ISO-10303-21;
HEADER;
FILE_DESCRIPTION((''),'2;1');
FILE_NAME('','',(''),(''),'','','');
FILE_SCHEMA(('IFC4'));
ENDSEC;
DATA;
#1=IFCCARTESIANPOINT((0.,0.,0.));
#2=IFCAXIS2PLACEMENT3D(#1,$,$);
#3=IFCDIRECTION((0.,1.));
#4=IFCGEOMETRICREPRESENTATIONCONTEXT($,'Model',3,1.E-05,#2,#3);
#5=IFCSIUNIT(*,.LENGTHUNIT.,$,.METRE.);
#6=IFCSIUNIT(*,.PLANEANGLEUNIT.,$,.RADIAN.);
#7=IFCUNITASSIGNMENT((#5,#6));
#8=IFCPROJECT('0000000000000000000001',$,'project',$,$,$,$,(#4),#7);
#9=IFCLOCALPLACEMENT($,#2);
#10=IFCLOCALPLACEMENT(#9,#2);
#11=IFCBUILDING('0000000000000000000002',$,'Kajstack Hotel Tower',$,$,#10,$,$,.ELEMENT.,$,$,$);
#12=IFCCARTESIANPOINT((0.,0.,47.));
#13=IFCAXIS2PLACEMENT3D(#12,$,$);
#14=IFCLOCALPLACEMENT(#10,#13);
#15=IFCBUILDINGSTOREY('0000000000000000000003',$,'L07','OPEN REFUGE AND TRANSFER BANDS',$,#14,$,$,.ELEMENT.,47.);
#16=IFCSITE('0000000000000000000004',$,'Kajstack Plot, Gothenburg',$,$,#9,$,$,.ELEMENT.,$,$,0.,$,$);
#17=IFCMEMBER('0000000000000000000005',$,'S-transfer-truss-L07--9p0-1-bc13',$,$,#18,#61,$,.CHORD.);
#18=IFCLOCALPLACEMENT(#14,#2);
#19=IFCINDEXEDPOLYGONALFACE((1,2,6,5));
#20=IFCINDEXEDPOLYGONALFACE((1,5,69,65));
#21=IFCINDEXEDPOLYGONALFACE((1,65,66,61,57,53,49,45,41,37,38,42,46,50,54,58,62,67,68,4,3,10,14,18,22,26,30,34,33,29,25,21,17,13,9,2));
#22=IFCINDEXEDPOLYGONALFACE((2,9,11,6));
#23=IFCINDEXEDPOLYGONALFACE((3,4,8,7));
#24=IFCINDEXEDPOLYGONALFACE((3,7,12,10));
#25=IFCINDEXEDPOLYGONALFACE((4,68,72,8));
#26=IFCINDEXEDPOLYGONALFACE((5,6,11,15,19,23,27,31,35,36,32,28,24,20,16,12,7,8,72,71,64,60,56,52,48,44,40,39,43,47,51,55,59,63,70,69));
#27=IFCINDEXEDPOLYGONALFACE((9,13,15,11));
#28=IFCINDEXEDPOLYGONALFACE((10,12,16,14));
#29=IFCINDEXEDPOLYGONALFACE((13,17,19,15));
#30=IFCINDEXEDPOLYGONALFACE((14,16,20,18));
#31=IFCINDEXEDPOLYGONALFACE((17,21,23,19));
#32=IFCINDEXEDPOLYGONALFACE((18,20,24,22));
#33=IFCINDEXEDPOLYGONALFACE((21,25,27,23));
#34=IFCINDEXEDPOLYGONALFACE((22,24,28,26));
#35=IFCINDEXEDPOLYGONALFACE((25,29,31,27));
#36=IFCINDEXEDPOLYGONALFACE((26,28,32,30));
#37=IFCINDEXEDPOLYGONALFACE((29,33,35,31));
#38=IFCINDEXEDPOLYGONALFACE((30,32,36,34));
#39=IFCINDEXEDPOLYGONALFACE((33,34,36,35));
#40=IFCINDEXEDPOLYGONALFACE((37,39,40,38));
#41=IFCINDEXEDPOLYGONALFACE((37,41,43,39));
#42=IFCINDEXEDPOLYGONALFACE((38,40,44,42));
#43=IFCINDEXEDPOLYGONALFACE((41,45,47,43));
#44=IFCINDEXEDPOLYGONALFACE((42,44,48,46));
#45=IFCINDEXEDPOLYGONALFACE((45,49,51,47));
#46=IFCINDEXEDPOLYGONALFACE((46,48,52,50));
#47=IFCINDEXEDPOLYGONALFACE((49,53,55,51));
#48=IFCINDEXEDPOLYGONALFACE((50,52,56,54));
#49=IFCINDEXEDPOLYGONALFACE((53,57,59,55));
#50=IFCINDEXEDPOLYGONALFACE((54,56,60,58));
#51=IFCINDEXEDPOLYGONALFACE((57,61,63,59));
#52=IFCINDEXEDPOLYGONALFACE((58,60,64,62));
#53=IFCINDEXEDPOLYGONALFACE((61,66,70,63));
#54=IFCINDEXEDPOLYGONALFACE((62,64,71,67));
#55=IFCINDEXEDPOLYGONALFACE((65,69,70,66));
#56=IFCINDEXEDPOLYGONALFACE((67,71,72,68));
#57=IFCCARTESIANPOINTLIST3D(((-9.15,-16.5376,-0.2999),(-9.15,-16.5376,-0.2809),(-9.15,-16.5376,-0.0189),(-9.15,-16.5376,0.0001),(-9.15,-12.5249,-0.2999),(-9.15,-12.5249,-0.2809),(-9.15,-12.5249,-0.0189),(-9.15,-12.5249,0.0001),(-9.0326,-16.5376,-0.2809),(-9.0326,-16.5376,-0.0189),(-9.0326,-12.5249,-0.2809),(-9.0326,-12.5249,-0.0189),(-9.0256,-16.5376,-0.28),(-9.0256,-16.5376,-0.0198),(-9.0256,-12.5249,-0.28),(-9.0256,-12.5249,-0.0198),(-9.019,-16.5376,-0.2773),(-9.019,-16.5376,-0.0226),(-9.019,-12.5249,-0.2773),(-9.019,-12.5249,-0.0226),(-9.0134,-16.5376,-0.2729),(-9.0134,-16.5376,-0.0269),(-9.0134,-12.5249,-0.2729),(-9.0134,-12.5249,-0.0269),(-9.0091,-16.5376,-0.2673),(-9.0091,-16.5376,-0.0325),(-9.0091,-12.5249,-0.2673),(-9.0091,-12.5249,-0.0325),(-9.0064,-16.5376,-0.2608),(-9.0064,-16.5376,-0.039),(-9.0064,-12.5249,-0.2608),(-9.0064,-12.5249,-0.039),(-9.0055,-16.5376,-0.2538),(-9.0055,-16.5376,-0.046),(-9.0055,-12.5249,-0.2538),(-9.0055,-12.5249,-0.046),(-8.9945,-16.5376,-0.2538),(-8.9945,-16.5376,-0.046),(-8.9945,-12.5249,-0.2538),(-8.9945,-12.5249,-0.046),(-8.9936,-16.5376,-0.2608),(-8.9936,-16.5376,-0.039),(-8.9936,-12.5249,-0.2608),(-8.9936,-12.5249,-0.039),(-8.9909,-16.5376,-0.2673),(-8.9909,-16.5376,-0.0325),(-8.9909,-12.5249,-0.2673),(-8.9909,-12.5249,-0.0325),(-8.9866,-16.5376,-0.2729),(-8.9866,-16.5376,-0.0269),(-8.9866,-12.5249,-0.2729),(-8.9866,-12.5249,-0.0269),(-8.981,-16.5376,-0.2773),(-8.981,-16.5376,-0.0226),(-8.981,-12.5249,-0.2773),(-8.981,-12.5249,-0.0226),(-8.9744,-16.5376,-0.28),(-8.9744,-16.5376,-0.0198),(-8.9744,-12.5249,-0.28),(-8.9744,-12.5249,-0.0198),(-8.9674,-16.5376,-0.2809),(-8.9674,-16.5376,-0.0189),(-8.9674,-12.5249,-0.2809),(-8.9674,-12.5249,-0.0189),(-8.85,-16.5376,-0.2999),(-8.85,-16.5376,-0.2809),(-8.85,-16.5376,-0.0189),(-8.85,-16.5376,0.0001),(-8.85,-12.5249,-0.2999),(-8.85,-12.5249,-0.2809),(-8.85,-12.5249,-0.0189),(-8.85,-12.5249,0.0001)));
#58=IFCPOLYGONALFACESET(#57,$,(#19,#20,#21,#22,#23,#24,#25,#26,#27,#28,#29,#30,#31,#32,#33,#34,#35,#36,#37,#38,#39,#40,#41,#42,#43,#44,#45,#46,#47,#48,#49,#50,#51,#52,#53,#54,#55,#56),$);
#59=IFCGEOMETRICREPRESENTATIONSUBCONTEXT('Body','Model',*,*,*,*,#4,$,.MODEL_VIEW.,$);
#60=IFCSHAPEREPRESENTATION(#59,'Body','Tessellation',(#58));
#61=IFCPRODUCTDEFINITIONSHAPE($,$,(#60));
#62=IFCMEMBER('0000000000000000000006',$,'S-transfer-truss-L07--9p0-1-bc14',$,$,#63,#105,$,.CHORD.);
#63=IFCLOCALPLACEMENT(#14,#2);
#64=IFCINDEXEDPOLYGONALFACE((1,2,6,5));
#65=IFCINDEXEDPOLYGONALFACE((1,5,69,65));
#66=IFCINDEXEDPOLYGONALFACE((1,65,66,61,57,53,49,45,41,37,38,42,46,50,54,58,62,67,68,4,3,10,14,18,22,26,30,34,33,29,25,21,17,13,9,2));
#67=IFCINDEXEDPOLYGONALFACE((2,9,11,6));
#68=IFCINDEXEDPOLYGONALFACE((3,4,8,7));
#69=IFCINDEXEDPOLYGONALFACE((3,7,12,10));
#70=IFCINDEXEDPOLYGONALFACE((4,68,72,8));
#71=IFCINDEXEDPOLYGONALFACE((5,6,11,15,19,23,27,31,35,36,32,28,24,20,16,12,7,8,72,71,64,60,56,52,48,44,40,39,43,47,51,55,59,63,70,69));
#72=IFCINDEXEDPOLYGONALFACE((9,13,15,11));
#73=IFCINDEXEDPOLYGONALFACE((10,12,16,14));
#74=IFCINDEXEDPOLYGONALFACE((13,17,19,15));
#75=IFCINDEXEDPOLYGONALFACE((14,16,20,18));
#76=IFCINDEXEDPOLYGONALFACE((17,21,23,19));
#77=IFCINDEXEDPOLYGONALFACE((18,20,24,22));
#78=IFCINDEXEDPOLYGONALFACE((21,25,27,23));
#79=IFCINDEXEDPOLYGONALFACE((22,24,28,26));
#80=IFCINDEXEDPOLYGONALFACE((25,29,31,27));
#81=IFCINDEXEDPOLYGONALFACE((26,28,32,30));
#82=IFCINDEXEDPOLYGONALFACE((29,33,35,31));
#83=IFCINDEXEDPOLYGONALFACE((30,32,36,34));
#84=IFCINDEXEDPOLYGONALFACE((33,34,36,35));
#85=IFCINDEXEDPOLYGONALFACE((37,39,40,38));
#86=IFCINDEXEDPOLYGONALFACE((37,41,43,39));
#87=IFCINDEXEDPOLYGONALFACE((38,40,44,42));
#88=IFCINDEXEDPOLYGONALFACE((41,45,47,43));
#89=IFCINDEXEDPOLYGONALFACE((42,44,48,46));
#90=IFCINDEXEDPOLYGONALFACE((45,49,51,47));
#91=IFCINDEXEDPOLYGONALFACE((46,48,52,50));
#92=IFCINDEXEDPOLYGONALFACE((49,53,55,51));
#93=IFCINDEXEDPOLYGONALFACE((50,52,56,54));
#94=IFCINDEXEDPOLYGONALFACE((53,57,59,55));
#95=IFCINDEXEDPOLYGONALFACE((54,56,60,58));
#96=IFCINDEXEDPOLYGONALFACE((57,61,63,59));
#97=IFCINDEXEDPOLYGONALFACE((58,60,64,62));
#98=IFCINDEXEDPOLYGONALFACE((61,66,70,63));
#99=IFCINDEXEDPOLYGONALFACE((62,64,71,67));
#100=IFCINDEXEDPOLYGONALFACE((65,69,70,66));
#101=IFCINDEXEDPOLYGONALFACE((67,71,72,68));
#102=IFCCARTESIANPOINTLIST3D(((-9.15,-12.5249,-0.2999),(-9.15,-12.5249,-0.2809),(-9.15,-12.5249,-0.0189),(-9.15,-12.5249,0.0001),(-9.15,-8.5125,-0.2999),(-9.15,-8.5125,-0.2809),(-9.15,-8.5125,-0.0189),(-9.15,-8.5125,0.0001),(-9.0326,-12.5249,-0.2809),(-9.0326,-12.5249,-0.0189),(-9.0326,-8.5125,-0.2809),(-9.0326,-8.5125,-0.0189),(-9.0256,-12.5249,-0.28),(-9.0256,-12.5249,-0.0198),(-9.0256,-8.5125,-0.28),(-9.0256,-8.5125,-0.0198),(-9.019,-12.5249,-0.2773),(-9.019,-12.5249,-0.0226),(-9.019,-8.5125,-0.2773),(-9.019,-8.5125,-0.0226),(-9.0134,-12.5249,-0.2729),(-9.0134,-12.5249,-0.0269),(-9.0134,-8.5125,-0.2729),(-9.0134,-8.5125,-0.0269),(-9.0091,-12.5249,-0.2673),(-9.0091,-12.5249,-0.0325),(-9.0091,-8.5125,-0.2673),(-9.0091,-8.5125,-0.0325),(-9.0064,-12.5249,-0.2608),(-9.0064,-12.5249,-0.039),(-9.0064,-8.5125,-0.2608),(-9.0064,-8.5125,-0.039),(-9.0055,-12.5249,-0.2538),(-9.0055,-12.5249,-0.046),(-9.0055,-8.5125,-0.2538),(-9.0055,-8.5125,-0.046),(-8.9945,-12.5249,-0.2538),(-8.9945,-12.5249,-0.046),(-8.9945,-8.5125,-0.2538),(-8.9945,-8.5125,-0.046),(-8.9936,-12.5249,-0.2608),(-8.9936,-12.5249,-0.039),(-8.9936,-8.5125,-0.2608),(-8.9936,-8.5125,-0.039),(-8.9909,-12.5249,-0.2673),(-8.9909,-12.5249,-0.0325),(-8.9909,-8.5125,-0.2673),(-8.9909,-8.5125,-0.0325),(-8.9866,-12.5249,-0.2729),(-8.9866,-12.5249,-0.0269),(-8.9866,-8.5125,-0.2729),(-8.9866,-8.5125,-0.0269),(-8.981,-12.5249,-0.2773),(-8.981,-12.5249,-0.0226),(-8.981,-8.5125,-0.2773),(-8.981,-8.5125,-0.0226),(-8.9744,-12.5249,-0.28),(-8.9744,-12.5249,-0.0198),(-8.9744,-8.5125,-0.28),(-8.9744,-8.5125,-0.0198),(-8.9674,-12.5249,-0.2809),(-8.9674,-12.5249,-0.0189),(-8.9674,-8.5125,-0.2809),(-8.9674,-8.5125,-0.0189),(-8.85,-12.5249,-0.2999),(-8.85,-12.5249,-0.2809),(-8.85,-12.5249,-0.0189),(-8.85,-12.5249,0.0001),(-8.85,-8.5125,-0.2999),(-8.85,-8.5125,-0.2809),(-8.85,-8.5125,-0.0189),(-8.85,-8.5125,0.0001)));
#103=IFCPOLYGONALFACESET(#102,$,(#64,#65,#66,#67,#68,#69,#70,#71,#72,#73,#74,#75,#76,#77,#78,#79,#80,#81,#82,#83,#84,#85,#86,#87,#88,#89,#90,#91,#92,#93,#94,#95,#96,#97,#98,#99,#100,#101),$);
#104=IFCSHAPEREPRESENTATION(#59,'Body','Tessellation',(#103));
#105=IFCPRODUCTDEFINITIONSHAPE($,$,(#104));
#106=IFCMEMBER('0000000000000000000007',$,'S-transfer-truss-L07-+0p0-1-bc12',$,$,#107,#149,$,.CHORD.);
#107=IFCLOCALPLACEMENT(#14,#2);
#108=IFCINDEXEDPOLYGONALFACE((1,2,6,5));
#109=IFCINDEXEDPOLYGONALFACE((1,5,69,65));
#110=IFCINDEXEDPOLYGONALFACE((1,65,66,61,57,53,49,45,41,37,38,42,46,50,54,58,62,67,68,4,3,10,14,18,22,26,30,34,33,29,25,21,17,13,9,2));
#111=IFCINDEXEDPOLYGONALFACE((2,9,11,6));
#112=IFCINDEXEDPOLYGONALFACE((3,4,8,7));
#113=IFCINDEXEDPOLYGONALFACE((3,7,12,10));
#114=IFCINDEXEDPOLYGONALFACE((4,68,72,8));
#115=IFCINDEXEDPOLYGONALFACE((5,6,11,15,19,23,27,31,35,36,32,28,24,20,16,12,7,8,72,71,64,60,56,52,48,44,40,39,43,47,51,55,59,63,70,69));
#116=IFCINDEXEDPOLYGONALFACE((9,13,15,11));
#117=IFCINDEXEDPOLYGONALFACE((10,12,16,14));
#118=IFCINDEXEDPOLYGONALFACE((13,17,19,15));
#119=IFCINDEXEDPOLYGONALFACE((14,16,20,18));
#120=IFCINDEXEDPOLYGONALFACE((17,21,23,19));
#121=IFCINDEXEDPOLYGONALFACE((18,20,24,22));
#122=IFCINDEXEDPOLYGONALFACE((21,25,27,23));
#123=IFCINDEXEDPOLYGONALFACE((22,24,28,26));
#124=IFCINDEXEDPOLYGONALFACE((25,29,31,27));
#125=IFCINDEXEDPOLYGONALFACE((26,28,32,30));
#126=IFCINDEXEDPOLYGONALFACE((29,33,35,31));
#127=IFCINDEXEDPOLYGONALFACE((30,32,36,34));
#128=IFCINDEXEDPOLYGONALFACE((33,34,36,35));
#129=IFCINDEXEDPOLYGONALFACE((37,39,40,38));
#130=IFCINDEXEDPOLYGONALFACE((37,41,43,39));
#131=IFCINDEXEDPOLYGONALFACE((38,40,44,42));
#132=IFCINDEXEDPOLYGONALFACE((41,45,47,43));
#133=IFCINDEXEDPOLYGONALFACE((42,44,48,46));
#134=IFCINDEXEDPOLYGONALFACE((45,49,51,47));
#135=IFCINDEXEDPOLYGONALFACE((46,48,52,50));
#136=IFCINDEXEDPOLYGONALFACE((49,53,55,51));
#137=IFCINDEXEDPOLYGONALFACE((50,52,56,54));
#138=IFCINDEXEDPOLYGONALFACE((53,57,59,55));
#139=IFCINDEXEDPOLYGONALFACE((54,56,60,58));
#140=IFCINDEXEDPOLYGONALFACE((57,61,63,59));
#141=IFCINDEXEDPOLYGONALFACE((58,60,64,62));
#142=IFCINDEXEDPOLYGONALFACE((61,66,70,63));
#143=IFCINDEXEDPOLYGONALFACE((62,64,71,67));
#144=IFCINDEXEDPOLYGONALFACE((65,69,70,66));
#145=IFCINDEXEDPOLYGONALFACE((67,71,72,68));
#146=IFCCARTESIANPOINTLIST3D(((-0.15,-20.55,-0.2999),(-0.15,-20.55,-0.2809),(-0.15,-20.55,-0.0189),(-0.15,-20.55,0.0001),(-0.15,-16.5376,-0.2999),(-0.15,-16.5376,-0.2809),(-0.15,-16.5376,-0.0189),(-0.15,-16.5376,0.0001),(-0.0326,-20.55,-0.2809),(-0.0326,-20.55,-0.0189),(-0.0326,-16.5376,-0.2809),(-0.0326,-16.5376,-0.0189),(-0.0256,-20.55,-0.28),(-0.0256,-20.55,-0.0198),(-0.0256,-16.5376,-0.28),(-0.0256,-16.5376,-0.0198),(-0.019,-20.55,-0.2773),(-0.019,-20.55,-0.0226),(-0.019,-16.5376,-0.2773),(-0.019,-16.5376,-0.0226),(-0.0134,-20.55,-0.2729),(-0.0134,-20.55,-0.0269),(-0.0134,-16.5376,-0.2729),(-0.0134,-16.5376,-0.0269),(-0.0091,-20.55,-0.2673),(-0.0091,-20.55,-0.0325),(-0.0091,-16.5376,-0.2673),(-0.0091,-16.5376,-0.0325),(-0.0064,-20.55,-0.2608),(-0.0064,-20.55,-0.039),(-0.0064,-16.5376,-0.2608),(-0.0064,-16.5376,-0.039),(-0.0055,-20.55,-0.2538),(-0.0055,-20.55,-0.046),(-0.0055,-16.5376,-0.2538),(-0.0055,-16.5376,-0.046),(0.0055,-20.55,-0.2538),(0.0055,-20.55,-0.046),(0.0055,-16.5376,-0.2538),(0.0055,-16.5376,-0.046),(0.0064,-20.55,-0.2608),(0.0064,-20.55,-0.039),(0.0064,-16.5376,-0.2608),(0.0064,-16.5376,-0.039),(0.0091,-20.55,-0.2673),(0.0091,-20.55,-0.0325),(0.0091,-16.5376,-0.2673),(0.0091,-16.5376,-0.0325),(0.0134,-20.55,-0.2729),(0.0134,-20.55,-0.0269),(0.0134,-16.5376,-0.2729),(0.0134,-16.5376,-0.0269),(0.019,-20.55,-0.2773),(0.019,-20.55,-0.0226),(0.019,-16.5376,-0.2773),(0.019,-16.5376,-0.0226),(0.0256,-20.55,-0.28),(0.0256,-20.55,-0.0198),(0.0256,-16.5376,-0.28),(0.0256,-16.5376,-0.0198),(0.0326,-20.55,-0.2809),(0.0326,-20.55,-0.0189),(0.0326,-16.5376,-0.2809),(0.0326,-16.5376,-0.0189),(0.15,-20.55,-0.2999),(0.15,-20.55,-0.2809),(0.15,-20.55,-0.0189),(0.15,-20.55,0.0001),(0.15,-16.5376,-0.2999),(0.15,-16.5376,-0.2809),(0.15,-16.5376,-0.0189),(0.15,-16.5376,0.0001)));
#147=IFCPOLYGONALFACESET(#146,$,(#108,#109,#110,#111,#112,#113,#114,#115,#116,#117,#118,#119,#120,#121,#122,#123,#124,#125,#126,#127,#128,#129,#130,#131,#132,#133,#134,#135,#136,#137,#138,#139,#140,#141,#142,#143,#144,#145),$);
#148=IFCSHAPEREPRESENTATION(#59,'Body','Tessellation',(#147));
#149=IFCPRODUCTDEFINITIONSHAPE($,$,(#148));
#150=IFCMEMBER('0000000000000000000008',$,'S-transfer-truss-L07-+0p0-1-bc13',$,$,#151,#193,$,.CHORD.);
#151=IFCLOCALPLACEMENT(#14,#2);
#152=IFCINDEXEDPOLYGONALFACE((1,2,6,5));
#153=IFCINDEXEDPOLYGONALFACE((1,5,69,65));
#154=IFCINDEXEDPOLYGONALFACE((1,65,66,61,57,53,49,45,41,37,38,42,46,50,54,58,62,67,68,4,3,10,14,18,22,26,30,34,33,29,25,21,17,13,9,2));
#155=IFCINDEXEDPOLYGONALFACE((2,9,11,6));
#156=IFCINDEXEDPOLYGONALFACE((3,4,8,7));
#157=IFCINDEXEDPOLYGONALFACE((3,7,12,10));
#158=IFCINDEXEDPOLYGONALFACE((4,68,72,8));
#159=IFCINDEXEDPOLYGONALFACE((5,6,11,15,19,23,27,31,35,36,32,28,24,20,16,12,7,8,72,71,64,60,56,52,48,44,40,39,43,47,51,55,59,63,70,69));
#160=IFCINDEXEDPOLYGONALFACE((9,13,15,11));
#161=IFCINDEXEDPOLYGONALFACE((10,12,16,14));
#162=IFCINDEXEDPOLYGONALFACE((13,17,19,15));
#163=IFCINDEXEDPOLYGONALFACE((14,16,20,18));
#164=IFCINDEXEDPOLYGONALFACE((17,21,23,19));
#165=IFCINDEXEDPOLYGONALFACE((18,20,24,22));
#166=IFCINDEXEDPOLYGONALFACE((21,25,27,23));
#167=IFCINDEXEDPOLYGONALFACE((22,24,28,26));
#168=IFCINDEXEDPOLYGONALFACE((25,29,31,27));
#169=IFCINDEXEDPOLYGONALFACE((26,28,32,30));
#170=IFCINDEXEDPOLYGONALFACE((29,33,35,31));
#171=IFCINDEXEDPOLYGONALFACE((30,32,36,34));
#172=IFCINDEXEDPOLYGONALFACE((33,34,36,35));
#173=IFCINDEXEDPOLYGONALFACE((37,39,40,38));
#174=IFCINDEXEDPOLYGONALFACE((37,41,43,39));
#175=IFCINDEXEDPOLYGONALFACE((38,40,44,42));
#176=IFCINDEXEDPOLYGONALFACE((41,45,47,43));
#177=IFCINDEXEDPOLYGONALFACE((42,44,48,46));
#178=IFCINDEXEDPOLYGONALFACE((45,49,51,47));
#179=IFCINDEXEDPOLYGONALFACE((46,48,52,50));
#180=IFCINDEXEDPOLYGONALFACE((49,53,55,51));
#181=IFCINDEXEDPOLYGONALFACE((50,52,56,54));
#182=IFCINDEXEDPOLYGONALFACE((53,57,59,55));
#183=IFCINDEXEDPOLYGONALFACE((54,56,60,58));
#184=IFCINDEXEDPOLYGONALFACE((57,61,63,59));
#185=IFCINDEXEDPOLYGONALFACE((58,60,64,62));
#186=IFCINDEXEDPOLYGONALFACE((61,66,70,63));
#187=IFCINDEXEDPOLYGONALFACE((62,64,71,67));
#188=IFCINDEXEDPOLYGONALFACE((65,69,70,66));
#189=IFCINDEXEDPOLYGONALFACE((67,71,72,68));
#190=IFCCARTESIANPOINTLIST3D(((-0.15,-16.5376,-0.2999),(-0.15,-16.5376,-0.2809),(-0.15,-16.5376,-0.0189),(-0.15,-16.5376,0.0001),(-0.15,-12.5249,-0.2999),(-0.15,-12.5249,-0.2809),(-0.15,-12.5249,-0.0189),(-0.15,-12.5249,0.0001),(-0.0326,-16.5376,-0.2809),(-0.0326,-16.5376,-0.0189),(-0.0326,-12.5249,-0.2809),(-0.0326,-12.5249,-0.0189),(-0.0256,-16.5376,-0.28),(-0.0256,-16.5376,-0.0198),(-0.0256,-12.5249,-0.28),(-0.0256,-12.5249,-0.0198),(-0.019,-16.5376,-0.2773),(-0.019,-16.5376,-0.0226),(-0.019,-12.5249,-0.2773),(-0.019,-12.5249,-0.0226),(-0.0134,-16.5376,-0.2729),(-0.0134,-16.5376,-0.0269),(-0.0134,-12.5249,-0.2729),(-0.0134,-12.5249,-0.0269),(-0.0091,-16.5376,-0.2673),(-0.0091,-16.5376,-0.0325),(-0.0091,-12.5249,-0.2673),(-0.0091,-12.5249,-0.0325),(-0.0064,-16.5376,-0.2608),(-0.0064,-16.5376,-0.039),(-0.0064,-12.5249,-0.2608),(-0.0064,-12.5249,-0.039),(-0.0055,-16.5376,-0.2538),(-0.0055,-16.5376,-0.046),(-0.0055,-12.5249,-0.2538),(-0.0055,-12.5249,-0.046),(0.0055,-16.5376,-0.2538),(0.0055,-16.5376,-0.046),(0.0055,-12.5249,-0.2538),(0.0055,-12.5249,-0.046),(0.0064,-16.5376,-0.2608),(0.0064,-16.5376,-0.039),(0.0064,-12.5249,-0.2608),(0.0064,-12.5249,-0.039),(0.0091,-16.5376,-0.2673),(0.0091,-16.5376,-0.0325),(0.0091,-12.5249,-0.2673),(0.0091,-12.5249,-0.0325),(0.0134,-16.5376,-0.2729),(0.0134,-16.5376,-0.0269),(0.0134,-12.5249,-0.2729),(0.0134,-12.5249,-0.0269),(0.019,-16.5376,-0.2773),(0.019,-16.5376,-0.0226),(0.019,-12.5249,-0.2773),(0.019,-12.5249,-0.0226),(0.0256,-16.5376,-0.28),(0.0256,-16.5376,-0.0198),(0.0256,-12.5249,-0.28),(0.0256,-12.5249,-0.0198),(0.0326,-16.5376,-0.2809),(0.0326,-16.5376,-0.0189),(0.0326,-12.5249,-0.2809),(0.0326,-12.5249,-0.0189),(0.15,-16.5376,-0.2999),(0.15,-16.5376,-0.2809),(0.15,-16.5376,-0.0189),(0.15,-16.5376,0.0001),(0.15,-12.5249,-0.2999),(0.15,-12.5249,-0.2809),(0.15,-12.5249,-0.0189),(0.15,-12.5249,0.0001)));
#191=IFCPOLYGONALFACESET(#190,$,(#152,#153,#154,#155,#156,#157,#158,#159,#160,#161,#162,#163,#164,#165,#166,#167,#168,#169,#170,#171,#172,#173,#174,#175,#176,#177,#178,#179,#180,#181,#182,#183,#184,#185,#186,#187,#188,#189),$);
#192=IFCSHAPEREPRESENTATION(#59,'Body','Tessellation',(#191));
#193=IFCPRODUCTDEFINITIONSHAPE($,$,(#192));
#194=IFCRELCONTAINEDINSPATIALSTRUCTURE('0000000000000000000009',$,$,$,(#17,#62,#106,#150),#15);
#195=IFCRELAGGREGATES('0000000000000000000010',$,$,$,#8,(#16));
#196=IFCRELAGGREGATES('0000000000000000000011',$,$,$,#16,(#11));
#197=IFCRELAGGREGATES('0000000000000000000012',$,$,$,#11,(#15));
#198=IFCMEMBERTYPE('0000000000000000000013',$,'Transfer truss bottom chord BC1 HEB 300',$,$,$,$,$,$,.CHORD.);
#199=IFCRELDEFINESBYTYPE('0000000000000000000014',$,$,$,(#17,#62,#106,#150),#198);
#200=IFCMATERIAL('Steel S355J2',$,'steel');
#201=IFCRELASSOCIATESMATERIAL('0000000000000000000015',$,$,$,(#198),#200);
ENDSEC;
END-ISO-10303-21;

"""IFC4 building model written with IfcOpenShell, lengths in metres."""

from ifc_helpers import new_model, si_unit, direction, frame, origin, origin_2d, place, context, subcontext, project, spatial, i_section, extrude, material, material_profile, profile_set, type_object, element, save


model = new_model("IFC4")

# Units and contexts
model_context = context("Model", 3, precision=1e-05, world=origin(), true_north=direction((0.0, 1.0)))
body_context = subcontext(model_context, "Body", "Model", "MODEL_VIEW")
ifc_project = project(units=[si_unit("LENGTHUNIT", "METRE"), si_unit("PLANEANGLEUNIT", "RADIAN")], contexts=[model_context])

# Site, building, storey
site_placement = place(None, origin())
site = spatial("IfcSite", under=ifc_project, at=site_placement, Name="Kajstack Plot, Gothenburg", CompositionType="ELEMENT", RefElevation=0.0)
building_placement = place(site_placement, origin())
building = spatial("IfcBuilding", under=site, at=building_placement, Name="Kajstack Hotel Tower", CompositionType="ELEMENT")
storey_placement = place(building_placement, frame((0.0, 0.0, 47.0)))
storey = spatial("IfcBuildingStorey", under=building, at=storey_placement, Name="L07", Description="OPEN REFUGE AND TRANSFER BANDS", CompositionType="ELEMENT", Elevation=47.0)

# Members
ifc_material = material(Name="Steel S355J2", Category="steel")
ifc_material_profile_1 = material_profile(ifc_material, i_section(OverallWidth=0.3, OverallDepth=0.3, WebThickness=0.011, FlangeThickness=0.019, FilletRadius=0.0271, at=origin_2d()), Name="HEB 300")
ifc_profile_set_1 = profile_set([ifc_material_profile_1], Name="Steel S355J2")
member_type_1 = type_object("IfcMemberType", Name="Transfer truss bottom chord BC1 HEB 300", PredefinedType="CHORD", material=ifc_profile_set_1)
member_1_placement = place(storey_placement, frame((-9.0, -16.5376, -0.1499), z_axis=(0.0, 1.0, 0.0), x_axis=(-1.0, 0.0, 0.0)))
element("IfcMember", 1, at=member_1_placement, inside=storey, type_object=member_type_1, Name="S-transfer-truss-L07--9p0-1-bc13", PredefinedType="CHORD", context=body_context, shape_type="SweptSolid", body=[
    extrude(i_section(OverallWidth=0.3, OverallDepth=0.3, WebThickness=0.011, FlangeThickness=0.019, FilletRadius=0.0271, at=origin_2d()), origin(), (0.0, 0.0, 1.0), 4.0127),
])
for number, where, z_axis, x_axis, name in (
    (2, (-9.0, -12.5249, -0.1499), (0.0, 1.0, 0.0), (-1.0, 0.0, 0.0), "S-transfer-truss-L07--9p0-1-bc14"),
    (3, (0.0, -20.55, -0.1499), (0.0, 1.0, 0.0), (-1.0, 0.0, 0.0), "S-transfer-truss-L07-+0p0-1-bc12"),
):
    element("IfcMember", number, at=place(storey_placement, frame(where, z_axis=z_axis, x_axis=x_axis)), inside=storey, type_object=member_type_1, Name=name, PredefinedType="CHORD", context=body_context, shape_type="SweptSolid", body=[
        extrude(i_section(OverallWidth=0.3, OverallDepth=0.3, WebThickness=0.011, FlangeThickness=0.019, FilletRadius=0.0271, at=origin_2d()), origin(), (0.0, 0.0, 1.0), 4.0125),
    ])
member_2_placement = place(storey_placement, frame((0.0, -16.5376, -0.1499), z_axis=(0.0, 1.0, 0.0), x_axis=(-1.0, 0.0, 0.0)))
element("IfcMember", 4, at=member_2_placement, inside=storey, type_object=member_type_1, Name="S-transfer-truss-L07-+0p0-1-bc13", PredefinedType="CHORD", context=body_context, shape_type="SweptSolid", body=[
    extrude(i_section(OverallWidth=0.3, OverallDepth=0.3, WebThickness=0.011, FlangeThickness=0.019, FilletRadius=0.0271, at=origin_2d()), origin(), (0.0, 0.0, 1.0), 4.0127),
])

save(model, "model.ifc")
